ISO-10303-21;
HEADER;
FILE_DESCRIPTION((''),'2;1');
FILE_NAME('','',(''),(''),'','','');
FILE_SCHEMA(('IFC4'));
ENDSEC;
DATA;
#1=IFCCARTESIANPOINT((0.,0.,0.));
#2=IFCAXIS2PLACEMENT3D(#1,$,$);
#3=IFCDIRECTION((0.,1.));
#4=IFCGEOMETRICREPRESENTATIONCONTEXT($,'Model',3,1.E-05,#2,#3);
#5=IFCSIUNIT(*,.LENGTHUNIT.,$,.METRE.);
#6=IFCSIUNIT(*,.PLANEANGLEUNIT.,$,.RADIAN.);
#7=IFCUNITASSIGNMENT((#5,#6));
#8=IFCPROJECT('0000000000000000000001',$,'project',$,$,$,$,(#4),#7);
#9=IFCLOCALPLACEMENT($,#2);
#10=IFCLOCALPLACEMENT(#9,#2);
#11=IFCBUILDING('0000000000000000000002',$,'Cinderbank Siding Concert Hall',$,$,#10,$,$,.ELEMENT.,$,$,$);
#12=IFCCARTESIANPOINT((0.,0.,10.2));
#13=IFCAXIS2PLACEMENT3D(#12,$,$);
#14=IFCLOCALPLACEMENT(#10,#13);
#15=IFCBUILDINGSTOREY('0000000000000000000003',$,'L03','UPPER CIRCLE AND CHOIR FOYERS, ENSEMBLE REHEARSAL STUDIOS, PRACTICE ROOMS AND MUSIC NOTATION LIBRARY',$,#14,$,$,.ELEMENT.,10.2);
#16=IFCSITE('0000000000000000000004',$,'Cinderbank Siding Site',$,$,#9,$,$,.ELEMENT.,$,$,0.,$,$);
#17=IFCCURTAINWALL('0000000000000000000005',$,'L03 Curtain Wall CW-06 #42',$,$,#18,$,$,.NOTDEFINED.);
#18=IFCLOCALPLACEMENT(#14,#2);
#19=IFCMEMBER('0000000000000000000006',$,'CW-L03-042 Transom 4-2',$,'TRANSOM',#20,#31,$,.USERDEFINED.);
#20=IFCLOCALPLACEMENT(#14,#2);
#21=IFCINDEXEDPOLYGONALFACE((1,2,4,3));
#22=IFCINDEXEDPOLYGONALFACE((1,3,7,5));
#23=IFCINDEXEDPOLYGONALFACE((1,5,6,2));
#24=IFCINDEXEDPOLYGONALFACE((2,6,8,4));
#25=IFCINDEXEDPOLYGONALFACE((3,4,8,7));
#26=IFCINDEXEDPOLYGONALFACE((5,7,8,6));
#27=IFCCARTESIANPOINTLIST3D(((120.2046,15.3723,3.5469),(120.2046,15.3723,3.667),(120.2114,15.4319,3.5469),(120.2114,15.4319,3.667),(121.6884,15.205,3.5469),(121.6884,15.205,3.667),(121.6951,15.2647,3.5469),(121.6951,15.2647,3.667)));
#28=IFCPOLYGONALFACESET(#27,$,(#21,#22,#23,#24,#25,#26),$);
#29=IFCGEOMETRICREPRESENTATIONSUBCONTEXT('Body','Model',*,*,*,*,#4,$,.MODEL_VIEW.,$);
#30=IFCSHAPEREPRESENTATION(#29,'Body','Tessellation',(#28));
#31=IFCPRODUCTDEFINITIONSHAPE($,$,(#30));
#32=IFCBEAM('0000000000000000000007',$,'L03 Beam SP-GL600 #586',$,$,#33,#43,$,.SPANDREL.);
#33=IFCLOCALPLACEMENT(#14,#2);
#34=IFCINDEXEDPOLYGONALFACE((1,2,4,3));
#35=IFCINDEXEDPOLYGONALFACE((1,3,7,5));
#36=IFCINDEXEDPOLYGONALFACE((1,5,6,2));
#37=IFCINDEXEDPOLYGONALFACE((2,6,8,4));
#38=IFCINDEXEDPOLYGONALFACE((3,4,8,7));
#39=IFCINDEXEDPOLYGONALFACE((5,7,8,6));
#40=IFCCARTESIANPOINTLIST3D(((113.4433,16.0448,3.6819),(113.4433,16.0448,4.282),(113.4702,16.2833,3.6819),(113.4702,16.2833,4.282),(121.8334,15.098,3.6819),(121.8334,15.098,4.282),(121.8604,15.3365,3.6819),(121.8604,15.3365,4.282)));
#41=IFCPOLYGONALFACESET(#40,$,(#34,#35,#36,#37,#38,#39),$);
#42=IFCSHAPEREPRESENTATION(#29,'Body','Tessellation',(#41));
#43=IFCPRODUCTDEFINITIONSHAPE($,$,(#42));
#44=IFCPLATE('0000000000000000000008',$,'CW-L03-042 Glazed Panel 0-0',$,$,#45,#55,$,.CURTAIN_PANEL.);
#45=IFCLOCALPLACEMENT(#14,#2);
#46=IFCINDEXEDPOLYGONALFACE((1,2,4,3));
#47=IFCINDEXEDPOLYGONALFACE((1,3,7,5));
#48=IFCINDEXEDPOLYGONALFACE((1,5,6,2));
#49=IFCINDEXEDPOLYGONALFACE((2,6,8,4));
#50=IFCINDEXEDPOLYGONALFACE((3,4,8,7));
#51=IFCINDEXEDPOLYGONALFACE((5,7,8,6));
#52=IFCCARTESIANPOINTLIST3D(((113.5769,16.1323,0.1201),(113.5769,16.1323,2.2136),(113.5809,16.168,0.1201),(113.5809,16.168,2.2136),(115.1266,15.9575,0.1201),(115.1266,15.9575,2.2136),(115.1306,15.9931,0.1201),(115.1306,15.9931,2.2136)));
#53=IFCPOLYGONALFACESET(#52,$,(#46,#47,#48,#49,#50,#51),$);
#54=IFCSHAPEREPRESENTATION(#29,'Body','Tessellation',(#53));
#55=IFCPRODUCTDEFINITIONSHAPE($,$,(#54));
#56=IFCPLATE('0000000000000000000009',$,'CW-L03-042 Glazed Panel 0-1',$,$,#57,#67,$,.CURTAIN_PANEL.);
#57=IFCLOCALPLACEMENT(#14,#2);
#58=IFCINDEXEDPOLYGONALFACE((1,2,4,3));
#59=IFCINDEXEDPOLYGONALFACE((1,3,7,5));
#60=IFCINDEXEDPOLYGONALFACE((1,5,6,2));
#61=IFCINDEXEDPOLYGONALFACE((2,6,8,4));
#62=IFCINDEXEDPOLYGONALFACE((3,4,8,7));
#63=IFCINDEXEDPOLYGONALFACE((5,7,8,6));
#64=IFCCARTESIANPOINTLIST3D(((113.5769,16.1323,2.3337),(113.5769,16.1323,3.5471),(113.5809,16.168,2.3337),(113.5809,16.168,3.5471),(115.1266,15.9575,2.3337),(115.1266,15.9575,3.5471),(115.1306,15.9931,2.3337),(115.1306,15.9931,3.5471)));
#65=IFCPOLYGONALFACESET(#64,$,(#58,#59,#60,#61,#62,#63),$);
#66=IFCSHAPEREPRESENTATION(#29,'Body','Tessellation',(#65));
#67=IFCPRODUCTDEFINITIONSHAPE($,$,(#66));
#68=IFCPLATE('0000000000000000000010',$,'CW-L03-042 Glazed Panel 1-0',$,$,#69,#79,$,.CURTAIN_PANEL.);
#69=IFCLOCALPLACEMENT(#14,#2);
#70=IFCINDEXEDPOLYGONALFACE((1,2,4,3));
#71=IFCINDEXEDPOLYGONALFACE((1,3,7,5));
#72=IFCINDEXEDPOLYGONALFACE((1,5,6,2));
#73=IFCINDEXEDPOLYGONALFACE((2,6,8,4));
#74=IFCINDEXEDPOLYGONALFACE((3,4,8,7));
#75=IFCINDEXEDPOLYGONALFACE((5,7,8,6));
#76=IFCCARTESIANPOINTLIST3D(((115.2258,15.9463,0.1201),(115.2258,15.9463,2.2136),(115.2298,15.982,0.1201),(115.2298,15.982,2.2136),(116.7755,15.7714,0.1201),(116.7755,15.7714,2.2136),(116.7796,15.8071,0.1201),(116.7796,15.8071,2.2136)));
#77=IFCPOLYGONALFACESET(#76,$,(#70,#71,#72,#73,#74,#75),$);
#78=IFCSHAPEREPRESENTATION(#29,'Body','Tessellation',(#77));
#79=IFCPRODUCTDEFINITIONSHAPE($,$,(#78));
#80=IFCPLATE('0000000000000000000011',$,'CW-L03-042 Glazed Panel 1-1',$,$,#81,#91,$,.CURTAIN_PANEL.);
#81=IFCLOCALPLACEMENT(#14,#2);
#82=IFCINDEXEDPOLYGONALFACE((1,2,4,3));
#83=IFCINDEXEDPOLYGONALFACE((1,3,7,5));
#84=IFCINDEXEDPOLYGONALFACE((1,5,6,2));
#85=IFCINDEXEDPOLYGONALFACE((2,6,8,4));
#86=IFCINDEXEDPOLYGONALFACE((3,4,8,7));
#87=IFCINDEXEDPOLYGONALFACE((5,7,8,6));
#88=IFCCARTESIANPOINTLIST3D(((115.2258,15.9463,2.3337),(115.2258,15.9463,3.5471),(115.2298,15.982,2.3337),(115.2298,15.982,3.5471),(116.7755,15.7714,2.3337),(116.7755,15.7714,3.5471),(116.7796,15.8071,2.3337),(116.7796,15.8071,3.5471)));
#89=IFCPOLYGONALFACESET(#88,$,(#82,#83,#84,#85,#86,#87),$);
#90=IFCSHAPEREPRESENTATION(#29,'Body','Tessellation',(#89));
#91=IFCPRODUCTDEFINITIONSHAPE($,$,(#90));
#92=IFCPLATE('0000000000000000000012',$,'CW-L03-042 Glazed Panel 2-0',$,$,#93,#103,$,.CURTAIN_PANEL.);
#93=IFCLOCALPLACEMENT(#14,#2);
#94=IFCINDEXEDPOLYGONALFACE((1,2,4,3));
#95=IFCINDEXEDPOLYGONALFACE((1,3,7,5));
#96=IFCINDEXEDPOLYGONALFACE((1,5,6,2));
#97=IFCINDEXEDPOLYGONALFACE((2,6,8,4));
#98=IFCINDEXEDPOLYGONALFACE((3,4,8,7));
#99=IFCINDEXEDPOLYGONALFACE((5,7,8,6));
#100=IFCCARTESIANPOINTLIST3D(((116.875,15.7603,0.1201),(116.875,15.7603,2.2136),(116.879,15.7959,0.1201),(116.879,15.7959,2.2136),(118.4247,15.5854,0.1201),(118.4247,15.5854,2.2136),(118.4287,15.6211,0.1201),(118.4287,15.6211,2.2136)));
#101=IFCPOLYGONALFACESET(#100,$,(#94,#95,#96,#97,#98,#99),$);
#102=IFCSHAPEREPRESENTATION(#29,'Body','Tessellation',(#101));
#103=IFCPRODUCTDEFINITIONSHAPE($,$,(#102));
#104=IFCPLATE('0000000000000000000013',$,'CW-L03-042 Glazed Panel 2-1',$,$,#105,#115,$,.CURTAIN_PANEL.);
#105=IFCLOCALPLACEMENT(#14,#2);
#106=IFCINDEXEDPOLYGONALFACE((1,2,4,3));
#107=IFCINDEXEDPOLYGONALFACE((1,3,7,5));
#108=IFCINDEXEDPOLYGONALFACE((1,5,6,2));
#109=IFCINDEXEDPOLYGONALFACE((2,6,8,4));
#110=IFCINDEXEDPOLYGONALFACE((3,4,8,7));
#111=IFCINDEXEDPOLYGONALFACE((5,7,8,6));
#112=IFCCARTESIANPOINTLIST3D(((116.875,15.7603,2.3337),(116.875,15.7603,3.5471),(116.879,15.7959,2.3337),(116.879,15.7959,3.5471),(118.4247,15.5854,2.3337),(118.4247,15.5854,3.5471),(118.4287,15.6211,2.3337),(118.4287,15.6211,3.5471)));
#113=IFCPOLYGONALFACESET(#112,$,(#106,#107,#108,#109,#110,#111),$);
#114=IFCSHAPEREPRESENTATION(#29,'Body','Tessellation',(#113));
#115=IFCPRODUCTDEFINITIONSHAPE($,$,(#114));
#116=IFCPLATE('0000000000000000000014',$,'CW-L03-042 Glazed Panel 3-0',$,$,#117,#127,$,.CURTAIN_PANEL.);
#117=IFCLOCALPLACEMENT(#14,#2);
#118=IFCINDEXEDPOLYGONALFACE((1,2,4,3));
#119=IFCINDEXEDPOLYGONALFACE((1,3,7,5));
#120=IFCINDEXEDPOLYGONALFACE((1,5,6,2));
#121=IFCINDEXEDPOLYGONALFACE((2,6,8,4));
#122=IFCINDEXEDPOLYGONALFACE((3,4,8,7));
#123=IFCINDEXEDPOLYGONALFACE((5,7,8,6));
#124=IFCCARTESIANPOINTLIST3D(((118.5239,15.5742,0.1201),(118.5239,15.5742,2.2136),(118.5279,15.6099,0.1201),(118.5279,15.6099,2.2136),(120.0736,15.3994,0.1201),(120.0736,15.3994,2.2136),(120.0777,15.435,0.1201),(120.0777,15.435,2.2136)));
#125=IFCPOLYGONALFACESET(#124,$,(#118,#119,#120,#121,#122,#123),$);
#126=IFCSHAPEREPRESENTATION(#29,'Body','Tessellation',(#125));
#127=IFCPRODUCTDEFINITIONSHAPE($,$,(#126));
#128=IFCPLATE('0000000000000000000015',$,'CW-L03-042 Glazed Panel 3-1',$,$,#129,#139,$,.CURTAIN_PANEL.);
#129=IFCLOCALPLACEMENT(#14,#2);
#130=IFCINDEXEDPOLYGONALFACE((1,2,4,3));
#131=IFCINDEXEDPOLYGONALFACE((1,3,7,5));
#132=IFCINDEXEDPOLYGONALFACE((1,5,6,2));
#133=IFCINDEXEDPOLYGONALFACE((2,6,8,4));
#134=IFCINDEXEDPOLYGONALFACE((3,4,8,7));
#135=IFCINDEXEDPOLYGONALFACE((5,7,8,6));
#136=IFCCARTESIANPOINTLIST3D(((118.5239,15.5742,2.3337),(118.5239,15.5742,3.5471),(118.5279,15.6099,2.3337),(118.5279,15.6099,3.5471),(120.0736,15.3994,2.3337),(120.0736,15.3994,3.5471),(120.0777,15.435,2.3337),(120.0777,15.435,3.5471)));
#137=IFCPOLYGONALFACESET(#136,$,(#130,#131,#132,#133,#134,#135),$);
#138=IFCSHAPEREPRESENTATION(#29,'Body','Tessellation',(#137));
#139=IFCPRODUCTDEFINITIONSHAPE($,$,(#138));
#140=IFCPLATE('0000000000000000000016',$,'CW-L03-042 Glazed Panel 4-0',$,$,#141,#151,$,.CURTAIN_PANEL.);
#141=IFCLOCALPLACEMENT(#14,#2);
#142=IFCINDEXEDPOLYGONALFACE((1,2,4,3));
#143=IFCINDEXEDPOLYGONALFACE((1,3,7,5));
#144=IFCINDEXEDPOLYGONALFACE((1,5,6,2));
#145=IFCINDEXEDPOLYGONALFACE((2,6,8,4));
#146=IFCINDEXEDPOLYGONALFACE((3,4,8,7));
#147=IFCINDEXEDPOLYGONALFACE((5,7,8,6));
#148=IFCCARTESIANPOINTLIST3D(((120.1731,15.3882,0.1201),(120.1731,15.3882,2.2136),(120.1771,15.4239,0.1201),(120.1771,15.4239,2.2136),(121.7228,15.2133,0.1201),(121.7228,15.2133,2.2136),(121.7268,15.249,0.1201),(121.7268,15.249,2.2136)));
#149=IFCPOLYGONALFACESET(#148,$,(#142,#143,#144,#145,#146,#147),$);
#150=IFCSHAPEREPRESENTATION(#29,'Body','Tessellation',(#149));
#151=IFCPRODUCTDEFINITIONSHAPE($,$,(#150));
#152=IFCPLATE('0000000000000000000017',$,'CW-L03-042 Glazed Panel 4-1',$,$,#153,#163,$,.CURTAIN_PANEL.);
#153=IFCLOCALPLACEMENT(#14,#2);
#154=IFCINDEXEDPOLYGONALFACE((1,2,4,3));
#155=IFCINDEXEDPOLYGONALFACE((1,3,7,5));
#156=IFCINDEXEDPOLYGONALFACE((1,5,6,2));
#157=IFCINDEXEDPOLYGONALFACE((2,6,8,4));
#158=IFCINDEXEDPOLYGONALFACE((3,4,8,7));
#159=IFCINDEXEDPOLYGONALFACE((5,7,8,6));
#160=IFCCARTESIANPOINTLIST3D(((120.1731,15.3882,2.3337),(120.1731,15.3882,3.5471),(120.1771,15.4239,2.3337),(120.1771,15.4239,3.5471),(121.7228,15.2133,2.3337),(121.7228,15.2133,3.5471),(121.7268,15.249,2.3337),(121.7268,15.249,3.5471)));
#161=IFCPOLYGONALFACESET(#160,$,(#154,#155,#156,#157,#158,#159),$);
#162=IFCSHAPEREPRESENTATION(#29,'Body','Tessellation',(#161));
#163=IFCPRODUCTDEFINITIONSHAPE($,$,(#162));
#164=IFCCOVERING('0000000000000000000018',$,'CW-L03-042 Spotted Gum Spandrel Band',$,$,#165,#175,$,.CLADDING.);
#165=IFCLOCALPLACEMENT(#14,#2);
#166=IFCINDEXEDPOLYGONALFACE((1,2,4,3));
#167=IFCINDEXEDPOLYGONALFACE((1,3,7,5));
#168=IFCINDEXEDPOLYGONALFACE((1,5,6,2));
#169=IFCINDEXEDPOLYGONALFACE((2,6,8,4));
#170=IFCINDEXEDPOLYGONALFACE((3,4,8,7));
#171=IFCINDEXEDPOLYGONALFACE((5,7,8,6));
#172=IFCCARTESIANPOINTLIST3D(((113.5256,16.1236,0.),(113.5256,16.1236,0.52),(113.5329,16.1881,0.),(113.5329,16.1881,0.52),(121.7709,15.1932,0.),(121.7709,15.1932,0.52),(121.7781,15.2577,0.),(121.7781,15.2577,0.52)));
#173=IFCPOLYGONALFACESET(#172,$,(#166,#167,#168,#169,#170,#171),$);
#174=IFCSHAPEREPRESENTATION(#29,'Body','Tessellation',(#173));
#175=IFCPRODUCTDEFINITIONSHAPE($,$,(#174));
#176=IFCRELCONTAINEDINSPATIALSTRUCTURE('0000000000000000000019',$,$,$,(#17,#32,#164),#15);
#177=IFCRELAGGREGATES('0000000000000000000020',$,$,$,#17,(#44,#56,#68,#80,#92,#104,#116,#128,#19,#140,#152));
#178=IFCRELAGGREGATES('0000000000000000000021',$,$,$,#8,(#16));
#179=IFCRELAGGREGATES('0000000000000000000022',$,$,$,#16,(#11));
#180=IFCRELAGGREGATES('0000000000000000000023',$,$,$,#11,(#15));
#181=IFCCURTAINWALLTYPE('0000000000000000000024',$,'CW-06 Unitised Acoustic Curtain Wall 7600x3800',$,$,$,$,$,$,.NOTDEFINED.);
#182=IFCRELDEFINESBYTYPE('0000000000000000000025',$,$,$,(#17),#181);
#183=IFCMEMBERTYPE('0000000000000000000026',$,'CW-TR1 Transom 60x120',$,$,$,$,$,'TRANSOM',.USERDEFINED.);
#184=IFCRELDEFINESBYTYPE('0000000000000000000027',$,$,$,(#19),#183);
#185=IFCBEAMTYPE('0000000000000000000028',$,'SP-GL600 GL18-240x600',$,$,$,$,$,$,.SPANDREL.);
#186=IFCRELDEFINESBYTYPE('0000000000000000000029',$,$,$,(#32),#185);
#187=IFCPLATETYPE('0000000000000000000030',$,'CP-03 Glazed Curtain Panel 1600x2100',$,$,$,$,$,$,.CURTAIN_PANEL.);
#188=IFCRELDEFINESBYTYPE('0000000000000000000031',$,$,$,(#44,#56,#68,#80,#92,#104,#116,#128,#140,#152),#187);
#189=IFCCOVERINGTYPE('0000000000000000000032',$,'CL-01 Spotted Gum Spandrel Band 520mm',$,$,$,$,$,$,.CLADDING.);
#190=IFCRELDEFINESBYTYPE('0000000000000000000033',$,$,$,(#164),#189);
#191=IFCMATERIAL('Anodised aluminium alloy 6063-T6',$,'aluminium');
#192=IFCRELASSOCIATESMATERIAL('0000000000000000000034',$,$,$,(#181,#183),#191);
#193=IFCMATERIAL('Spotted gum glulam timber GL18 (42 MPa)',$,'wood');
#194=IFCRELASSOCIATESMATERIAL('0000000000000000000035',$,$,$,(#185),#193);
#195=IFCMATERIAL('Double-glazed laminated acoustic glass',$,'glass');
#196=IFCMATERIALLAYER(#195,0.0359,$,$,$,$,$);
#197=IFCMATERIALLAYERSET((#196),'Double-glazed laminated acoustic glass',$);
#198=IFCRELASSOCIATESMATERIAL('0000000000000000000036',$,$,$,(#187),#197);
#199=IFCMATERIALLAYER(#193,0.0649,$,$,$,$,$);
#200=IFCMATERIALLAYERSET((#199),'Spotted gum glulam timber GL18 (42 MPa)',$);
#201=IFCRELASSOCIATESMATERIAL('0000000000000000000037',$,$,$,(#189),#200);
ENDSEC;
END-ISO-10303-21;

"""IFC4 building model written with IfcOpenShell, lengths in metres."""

from ifc_helpers import new_model, si_unit, direction, frame, origin, origin_2d, place, context, subcontext, project, spatial, rectangle, extrude, material, layer, layer_set, material_profile, profile_set, type_object, element, aggregate, save


model = new_model("IFC4")

# Units and contexts
model_context = context("Model", 3, precision=1e-05, world=origin(), true_north=direction((0.0, 1.0)))
body_context = subcontext(model_context, "Body", "Model", "MODEL_VIEW")
ifc_project = project(units=[si_unit("LENGTHUNIT", "METRE"), si_unit("PLANEANGLEUNIT", "RADIAN")], contexts=[model_context])

# Site, building, storey
site_placement = place(None, origin())
site = spatial("IfcSite", under=ifc_project, at=site_placement, Name="Cinderbank Siding Site", CompositionType="ELEMENT", RefElevation=0.0)
building_placement = place(site_placement, origin())
building = spatial("IfcBuilding", under=site, at=building_placement, Name="Cinderbank Siding Concert Hall", CompositionType="ELEMENT")
storey_placement = place(building_placement, frame((0.0, 0.0, 10.2)))
storey = spatial("IfcBuildingStorey", under=building, at=storey_placement, Name="L03", Description="UPPER CIRCLE AND CHOIR FOYERS, ENSEMBLE REHEARSAL STUDIOS, PRACTICE ROOMS AND MUSIC NOTATION LIBRARY", CompositionType="ELEMENT", Elevation=10.2)

# Curtain wall, member
ifc_material_1 = material(Name="Anodised aluminium alloy 6063-T6", Category="aluminium")
curtain_wall_type = type_object("IfcCurtainWallType", Name="CW-06 Unitised Acoustic Curtain Wall 7600x3800", PredefinedType="NOTDEFINED", material=ifc_material_1)
curtain_wall_placement = place(storey_placement, origin())
curtain_wall = element("IfcCurtainWall", 1, at=curtain_wall_placement, inside=storey, type_object=curtain_wall_type, Name="L03 Curtain Wall CW-06 #42", PredefinedType="NOTDEFINED")
ifc_material_profile_1 = material_profile(ifc_material_1, rectangle(XDim=0.0601, YDim=0.1201, at=origin_2d()), Name="ALU-TRAN-60x120", Category="LoadBearing")
ifc_profile_set_1 = profile_set([ifc_material_profile_1], Name="Anodised aluminium alloy 6063-T6")
member_type_1 = type_object("IfcMemberType", Name="CW-TR1 Transom 60x120", ElementType="TRANSOM", PredefinedType="USERDEFINED", material=ifc_profile_set_1)
member_1_placement = place(storey_placement, frame((120.208, 15.4021, 3.6069), z_axis=(0.993709, -0.111993, 0.0), x_axis=(0.111993, 0.993709, 0.0)))
member_1 = element("IfcMember", 2, at=member_1_placement, type_object=member_type_1, Name="CW-L03-042 Transom 4-2", ObjectType="TRANSOM", PredefinedType="USERDEFINED", context=body_context, shape_type="SweptSolid", body=[
    extrude(rectangle(XDim=0.0601, YDim=0.1201, at=origin_2d()), origin(), (0.0, 0.0, 1.0), 1.4932),
])

# Beam
ifc_material_2 = material(Name="Spotted gum glulam timber GL18 (42 MPa)", Category="wood")
ifc_material_profile_2 = material_profile(ifc_material_2, rectangle(XDim=0.24, YDim=0.6001, at=origin_2d()), Name="GL18-240x600", Category="LoadBearing")
ifc_profile_set_2 = profile_set([ifc_material_profile_2], Name="Spotted gum glulam timber GL18 (42 MPa)")
beam_type = type_object("IfcBeamType", Name="SP-GL600 GL18-240x600", PredefinedType="SPANDREL", material=ifc_profile_set_2)
beam_placement = place(storey_placement, frame((113.4568, 16.1641, 3.9819), z_axis=(0.993693, -0.112132, 0.0), x_axis=(0.112132, 0.993693, 0.0)))
element("IfcBeam", 3, at=beam_placement, inside=storey, type_object=beam_type, Name="L03 Beam SP-GL600 #586", PredefinedType="SPANDREL", context=body_context, shape_type="SweptSolid", body=[
    extrude(rectangle(XDim=0.24, YDim=0.6001, at=origin_2d()), origin(), (0.0, 0.0, 1.0), 8.4434),
])

# Plates
ifc_material_3 = material(Name="Double-glazed laminated acoustic glass", Category="glass")
ifc_layer_1 = layer(ifc_material_3, 0.0359)
ifc_layer_set_1 = layer_set([ifc_layer_1], Name="Double-glazed laminated acoustic glass")
plate_type = type_object("IfcPlateType", Name="CP-03 Glazed Curtain Panel 1600x2100", PredefinedType="CURTAIN_PANEL", material=ifc_layer_set_1)
plate_1_placement = place(storey_placement, frame((114.3538, 16.0627, 0.1201), z_axis=(0.0, 0.0, 1.0), x_axis=(0.993694, -0.112129, 0.0)))
plate_1 = element("IfcPlate", 4, at=plate_1_placement, type_object=plate_type, Name="CW-L03-042 Glazed Panel 0-0", PredefinedType="CURTAIN_PANEL", context=body_context, shape_type="SweptSolid", body=[
    extrude(rectangle(XDim=1.5596, YDim=0.0359, at=origin_2d()), origin(), (0.0, 0.0, 1.0), 2.0935),
])
plate_2_placement = place(storey_placement, frame((114.3538, 16.0627, 2.3337), z_axis=(0.0, 0.0, 1.0), x_axis=(0.993694, -0.112129, 0.0)))
plate_2 = element("IfcPlate", 5, at=plate_2_placement, type_object=plate_type, Name="CW-L03-042 Glazed Panel 0-1", PredefinedType="CURTAIN_PANEL", context=body_context, shape_type="SweptSolid", body=[
    extrude(rectangle(XDim=1.5596, YDim=0.0359, at=origin_2d()), origin(), (0.0, 0.0, 1.0), 1.2134),
])
plate_3_placement = place(storey_placement, frame((116.0027, 15.8767, 0.1201), z_axis=(0.0, 0.0, 1.0), x_axis=(0.993694, -0.112129, 0.0)))
plate_3 = element("IfcPlate", 6, at=plate_3_placement, type_object=plate_type, Name="CW-L03-042 Glazed Panel 1-0", PredefinedType="CURTAIN_PANEL", context=body_context, shape_type="SweptSolid", body=[
    extrude(rectangle(XDim=1.5596, YDim=0.0359, at=origin_2d()), origin(), (0.0, 0.0, 1.0), 2.0935),
])
plate_4_placement = place(storey_placement, frame((116.0027, 15.8767, 2.3337), z_axis=(0.0, 0.0, 1.0), x_axis=(0.993694, -0.112129, 0.0)))
plate_4 = element("IfcPlate", 7, at=plate_4_placement, type_object=plate_type, Name="CW-L03-042 Glazed Panel 1-1", PredefinedType="CURTAIN_PANEL", context=body_context, shape_type="SweptSolid", body=[
    extrude(rectangle(XDim=1.5596, YDim=0.0359, at=origin_2d()), origin(), (0.0, 0.0, 1.0), 1.2134),
])
plate_5_placement = place(storey_placement, frame((117.6519, 15.6907, 0.1201), z_axis=(0.0, 0.0, 1.0), x_axis=(0.993694, -0.112129, 0.0)))
plate_5 = element("IfcPlate", 8, at=plate_5_placement, type_object=plate_type, Name="CW-L03-042 Glazed Panel 2-0", PredefinedType="CURTAIN_PANEL", context=body_context, shape_type="SweptSolid", body=[
    extrude(rectangle(XDim=1.5596, YDim=0.0359, at=origin_2d()), origin(), (0.0, 0.0, 1.0), 2.0935),
])
plate_6_placement = place(storey_placement, frame((117.6519, 15.6907, 2.3337), z_axis=(0.0, 0.0, 1.0), x_axis=(0.993694, -0.112129, 0.0)))
plate_6 = element("IfcPlate", 9, at=plate_6_placement, type_object=plate_type, Name="CW-L03-042 Glazed Panel 2-1", PredefinedType="CURTAIN_PANEL", context=body_context, shape_type="SweptSolid", body=[
    extrude(rectangle(XDim=1.5596, YDim=0.0359, at=origin_2d()), origin(), (0.0, 0.0, 1.0), 1.2134),
])
plate_7_placement = place(storey_placement, frame((119.3008, 15.5046, 0.1201), z_axis=(0.0, 0.0, 1.0), x_axis=(0.993694, -0.112129, 0.0)))
plate_7 = element("IfcPlate", 10, at=plate_7_placement, type_object=plate_type, Name="CW-L03-042 Glazed Panel 3-0", PredefinedType="CURTAIN_PANEL", context=body_context, shape_type="SweptSolid", body=[
    extrude(rectangle(XDim=1.5596, YDim=0.0359, at=origin_2d()), origin(), (0.0, 0.0, 1.0), 2.0935),
])
plate_8_placement = place(storey_placement, frame((119.3008, 15.5046, 2.3337), z_axis=(0.0, 0.0, 1.0), x_axis=(0.993694, -0.112129, 0.0)))
plate_8 = element("IfcPlate", 11, at=plate_8_placement, type_object=plate_type, Name="CW-L03-042 Glazed Panel 3-1", PredefinedType="CURTAIN_PANEL", context=body_context, shape_type="SweptSolid", body=[
    extrude(rectangle(XDim=1.5596, YDim=0.0359, at=origin_2d()), origin(), (0.0, 0.0, 1.0), 1.2134),
])
plate_9_placement = place(storey_placement, frame((120.95, 15.3186, 0.1201), z_axis=(0.0, 0.0, 1.0), x_axis=(0.993694, -0.112129, 0.0)))
plate_9 = element("IfcPlate", 12, at=plate_9_placement, type_object=plate_type, Name="CW-L03-042 Glazed Panel 4-0", PredefinedType="CURTAIN_PANEL", context=body_context, shape_type="SweptSolid", body=[
    extrude(rectangle(XDim=1.5596, YDim=0.0359, at=origin_2d()), origin(), (0.0, 0.0, 1.0), 2.0935),
])
plate_10_placement = place(storey_placement, frame((120.95, 15.3186, 2.3337), z_axis=(0.0, 0.0, 1.0), x_axis=(0.993694, -0.112129, 0.0)))
plate_10 = element("IfcPlate", 13, at=plate_10_placement, type_object=plate_type, Name="CW-L03-042 Glazed Panel 4-1", PredefinedType="CURTAIN_PANEL", context=body_context, shape_type="SweptSolid", body=[
    extrude(rectangle(XDim=1.5596, YDim=0.0359, at=origin_2d()), origin(), (0.0, 0.0, 1.0), 1.2134),
])
aggregate(curtain_wall, [plate_1, plate_2, plate_3, plate_4, plate_5, plate_6, plate_7, plate_8, member_1, plate_9, plate_10])

# Covering
ifc_layer_2 = layer(ifc_material_2, 0.0649)
ifc_layer_set_2 = layer_set([ifc_layer_2], Name="Spotted gum glulam timber GL18 (42 MPa)")
covering_type = type_object("IfcCoveringType", Name="CL-01 Spotted Gum Spandrel Band 520mm", PredefinedType="CLADDING", material=ifc_layer_set_2)
covering_placement = place(storey_placement, frame((117.6519, 15.6907, 0.0), z_axis=(0.0, 0.0, 1.0), x_axis=(0.993694, -0.112129, 0.0)))
element("IfcCovering", 14, at=covering_placement, inside=storey, type_object=covering_type, Name="CW-L03-042 Spotted Gum Spandrel Band", PredefinedType="CLADDING", context=body_context, shape_type="SweptSolid", body=[
    extrude(rectangle(XDim=8.2976, YDim=0.0649, at=origin_2d()), origin(), (0.0, 0.0, 1.0), 0.52),
])

save(model, "model.ifc")
